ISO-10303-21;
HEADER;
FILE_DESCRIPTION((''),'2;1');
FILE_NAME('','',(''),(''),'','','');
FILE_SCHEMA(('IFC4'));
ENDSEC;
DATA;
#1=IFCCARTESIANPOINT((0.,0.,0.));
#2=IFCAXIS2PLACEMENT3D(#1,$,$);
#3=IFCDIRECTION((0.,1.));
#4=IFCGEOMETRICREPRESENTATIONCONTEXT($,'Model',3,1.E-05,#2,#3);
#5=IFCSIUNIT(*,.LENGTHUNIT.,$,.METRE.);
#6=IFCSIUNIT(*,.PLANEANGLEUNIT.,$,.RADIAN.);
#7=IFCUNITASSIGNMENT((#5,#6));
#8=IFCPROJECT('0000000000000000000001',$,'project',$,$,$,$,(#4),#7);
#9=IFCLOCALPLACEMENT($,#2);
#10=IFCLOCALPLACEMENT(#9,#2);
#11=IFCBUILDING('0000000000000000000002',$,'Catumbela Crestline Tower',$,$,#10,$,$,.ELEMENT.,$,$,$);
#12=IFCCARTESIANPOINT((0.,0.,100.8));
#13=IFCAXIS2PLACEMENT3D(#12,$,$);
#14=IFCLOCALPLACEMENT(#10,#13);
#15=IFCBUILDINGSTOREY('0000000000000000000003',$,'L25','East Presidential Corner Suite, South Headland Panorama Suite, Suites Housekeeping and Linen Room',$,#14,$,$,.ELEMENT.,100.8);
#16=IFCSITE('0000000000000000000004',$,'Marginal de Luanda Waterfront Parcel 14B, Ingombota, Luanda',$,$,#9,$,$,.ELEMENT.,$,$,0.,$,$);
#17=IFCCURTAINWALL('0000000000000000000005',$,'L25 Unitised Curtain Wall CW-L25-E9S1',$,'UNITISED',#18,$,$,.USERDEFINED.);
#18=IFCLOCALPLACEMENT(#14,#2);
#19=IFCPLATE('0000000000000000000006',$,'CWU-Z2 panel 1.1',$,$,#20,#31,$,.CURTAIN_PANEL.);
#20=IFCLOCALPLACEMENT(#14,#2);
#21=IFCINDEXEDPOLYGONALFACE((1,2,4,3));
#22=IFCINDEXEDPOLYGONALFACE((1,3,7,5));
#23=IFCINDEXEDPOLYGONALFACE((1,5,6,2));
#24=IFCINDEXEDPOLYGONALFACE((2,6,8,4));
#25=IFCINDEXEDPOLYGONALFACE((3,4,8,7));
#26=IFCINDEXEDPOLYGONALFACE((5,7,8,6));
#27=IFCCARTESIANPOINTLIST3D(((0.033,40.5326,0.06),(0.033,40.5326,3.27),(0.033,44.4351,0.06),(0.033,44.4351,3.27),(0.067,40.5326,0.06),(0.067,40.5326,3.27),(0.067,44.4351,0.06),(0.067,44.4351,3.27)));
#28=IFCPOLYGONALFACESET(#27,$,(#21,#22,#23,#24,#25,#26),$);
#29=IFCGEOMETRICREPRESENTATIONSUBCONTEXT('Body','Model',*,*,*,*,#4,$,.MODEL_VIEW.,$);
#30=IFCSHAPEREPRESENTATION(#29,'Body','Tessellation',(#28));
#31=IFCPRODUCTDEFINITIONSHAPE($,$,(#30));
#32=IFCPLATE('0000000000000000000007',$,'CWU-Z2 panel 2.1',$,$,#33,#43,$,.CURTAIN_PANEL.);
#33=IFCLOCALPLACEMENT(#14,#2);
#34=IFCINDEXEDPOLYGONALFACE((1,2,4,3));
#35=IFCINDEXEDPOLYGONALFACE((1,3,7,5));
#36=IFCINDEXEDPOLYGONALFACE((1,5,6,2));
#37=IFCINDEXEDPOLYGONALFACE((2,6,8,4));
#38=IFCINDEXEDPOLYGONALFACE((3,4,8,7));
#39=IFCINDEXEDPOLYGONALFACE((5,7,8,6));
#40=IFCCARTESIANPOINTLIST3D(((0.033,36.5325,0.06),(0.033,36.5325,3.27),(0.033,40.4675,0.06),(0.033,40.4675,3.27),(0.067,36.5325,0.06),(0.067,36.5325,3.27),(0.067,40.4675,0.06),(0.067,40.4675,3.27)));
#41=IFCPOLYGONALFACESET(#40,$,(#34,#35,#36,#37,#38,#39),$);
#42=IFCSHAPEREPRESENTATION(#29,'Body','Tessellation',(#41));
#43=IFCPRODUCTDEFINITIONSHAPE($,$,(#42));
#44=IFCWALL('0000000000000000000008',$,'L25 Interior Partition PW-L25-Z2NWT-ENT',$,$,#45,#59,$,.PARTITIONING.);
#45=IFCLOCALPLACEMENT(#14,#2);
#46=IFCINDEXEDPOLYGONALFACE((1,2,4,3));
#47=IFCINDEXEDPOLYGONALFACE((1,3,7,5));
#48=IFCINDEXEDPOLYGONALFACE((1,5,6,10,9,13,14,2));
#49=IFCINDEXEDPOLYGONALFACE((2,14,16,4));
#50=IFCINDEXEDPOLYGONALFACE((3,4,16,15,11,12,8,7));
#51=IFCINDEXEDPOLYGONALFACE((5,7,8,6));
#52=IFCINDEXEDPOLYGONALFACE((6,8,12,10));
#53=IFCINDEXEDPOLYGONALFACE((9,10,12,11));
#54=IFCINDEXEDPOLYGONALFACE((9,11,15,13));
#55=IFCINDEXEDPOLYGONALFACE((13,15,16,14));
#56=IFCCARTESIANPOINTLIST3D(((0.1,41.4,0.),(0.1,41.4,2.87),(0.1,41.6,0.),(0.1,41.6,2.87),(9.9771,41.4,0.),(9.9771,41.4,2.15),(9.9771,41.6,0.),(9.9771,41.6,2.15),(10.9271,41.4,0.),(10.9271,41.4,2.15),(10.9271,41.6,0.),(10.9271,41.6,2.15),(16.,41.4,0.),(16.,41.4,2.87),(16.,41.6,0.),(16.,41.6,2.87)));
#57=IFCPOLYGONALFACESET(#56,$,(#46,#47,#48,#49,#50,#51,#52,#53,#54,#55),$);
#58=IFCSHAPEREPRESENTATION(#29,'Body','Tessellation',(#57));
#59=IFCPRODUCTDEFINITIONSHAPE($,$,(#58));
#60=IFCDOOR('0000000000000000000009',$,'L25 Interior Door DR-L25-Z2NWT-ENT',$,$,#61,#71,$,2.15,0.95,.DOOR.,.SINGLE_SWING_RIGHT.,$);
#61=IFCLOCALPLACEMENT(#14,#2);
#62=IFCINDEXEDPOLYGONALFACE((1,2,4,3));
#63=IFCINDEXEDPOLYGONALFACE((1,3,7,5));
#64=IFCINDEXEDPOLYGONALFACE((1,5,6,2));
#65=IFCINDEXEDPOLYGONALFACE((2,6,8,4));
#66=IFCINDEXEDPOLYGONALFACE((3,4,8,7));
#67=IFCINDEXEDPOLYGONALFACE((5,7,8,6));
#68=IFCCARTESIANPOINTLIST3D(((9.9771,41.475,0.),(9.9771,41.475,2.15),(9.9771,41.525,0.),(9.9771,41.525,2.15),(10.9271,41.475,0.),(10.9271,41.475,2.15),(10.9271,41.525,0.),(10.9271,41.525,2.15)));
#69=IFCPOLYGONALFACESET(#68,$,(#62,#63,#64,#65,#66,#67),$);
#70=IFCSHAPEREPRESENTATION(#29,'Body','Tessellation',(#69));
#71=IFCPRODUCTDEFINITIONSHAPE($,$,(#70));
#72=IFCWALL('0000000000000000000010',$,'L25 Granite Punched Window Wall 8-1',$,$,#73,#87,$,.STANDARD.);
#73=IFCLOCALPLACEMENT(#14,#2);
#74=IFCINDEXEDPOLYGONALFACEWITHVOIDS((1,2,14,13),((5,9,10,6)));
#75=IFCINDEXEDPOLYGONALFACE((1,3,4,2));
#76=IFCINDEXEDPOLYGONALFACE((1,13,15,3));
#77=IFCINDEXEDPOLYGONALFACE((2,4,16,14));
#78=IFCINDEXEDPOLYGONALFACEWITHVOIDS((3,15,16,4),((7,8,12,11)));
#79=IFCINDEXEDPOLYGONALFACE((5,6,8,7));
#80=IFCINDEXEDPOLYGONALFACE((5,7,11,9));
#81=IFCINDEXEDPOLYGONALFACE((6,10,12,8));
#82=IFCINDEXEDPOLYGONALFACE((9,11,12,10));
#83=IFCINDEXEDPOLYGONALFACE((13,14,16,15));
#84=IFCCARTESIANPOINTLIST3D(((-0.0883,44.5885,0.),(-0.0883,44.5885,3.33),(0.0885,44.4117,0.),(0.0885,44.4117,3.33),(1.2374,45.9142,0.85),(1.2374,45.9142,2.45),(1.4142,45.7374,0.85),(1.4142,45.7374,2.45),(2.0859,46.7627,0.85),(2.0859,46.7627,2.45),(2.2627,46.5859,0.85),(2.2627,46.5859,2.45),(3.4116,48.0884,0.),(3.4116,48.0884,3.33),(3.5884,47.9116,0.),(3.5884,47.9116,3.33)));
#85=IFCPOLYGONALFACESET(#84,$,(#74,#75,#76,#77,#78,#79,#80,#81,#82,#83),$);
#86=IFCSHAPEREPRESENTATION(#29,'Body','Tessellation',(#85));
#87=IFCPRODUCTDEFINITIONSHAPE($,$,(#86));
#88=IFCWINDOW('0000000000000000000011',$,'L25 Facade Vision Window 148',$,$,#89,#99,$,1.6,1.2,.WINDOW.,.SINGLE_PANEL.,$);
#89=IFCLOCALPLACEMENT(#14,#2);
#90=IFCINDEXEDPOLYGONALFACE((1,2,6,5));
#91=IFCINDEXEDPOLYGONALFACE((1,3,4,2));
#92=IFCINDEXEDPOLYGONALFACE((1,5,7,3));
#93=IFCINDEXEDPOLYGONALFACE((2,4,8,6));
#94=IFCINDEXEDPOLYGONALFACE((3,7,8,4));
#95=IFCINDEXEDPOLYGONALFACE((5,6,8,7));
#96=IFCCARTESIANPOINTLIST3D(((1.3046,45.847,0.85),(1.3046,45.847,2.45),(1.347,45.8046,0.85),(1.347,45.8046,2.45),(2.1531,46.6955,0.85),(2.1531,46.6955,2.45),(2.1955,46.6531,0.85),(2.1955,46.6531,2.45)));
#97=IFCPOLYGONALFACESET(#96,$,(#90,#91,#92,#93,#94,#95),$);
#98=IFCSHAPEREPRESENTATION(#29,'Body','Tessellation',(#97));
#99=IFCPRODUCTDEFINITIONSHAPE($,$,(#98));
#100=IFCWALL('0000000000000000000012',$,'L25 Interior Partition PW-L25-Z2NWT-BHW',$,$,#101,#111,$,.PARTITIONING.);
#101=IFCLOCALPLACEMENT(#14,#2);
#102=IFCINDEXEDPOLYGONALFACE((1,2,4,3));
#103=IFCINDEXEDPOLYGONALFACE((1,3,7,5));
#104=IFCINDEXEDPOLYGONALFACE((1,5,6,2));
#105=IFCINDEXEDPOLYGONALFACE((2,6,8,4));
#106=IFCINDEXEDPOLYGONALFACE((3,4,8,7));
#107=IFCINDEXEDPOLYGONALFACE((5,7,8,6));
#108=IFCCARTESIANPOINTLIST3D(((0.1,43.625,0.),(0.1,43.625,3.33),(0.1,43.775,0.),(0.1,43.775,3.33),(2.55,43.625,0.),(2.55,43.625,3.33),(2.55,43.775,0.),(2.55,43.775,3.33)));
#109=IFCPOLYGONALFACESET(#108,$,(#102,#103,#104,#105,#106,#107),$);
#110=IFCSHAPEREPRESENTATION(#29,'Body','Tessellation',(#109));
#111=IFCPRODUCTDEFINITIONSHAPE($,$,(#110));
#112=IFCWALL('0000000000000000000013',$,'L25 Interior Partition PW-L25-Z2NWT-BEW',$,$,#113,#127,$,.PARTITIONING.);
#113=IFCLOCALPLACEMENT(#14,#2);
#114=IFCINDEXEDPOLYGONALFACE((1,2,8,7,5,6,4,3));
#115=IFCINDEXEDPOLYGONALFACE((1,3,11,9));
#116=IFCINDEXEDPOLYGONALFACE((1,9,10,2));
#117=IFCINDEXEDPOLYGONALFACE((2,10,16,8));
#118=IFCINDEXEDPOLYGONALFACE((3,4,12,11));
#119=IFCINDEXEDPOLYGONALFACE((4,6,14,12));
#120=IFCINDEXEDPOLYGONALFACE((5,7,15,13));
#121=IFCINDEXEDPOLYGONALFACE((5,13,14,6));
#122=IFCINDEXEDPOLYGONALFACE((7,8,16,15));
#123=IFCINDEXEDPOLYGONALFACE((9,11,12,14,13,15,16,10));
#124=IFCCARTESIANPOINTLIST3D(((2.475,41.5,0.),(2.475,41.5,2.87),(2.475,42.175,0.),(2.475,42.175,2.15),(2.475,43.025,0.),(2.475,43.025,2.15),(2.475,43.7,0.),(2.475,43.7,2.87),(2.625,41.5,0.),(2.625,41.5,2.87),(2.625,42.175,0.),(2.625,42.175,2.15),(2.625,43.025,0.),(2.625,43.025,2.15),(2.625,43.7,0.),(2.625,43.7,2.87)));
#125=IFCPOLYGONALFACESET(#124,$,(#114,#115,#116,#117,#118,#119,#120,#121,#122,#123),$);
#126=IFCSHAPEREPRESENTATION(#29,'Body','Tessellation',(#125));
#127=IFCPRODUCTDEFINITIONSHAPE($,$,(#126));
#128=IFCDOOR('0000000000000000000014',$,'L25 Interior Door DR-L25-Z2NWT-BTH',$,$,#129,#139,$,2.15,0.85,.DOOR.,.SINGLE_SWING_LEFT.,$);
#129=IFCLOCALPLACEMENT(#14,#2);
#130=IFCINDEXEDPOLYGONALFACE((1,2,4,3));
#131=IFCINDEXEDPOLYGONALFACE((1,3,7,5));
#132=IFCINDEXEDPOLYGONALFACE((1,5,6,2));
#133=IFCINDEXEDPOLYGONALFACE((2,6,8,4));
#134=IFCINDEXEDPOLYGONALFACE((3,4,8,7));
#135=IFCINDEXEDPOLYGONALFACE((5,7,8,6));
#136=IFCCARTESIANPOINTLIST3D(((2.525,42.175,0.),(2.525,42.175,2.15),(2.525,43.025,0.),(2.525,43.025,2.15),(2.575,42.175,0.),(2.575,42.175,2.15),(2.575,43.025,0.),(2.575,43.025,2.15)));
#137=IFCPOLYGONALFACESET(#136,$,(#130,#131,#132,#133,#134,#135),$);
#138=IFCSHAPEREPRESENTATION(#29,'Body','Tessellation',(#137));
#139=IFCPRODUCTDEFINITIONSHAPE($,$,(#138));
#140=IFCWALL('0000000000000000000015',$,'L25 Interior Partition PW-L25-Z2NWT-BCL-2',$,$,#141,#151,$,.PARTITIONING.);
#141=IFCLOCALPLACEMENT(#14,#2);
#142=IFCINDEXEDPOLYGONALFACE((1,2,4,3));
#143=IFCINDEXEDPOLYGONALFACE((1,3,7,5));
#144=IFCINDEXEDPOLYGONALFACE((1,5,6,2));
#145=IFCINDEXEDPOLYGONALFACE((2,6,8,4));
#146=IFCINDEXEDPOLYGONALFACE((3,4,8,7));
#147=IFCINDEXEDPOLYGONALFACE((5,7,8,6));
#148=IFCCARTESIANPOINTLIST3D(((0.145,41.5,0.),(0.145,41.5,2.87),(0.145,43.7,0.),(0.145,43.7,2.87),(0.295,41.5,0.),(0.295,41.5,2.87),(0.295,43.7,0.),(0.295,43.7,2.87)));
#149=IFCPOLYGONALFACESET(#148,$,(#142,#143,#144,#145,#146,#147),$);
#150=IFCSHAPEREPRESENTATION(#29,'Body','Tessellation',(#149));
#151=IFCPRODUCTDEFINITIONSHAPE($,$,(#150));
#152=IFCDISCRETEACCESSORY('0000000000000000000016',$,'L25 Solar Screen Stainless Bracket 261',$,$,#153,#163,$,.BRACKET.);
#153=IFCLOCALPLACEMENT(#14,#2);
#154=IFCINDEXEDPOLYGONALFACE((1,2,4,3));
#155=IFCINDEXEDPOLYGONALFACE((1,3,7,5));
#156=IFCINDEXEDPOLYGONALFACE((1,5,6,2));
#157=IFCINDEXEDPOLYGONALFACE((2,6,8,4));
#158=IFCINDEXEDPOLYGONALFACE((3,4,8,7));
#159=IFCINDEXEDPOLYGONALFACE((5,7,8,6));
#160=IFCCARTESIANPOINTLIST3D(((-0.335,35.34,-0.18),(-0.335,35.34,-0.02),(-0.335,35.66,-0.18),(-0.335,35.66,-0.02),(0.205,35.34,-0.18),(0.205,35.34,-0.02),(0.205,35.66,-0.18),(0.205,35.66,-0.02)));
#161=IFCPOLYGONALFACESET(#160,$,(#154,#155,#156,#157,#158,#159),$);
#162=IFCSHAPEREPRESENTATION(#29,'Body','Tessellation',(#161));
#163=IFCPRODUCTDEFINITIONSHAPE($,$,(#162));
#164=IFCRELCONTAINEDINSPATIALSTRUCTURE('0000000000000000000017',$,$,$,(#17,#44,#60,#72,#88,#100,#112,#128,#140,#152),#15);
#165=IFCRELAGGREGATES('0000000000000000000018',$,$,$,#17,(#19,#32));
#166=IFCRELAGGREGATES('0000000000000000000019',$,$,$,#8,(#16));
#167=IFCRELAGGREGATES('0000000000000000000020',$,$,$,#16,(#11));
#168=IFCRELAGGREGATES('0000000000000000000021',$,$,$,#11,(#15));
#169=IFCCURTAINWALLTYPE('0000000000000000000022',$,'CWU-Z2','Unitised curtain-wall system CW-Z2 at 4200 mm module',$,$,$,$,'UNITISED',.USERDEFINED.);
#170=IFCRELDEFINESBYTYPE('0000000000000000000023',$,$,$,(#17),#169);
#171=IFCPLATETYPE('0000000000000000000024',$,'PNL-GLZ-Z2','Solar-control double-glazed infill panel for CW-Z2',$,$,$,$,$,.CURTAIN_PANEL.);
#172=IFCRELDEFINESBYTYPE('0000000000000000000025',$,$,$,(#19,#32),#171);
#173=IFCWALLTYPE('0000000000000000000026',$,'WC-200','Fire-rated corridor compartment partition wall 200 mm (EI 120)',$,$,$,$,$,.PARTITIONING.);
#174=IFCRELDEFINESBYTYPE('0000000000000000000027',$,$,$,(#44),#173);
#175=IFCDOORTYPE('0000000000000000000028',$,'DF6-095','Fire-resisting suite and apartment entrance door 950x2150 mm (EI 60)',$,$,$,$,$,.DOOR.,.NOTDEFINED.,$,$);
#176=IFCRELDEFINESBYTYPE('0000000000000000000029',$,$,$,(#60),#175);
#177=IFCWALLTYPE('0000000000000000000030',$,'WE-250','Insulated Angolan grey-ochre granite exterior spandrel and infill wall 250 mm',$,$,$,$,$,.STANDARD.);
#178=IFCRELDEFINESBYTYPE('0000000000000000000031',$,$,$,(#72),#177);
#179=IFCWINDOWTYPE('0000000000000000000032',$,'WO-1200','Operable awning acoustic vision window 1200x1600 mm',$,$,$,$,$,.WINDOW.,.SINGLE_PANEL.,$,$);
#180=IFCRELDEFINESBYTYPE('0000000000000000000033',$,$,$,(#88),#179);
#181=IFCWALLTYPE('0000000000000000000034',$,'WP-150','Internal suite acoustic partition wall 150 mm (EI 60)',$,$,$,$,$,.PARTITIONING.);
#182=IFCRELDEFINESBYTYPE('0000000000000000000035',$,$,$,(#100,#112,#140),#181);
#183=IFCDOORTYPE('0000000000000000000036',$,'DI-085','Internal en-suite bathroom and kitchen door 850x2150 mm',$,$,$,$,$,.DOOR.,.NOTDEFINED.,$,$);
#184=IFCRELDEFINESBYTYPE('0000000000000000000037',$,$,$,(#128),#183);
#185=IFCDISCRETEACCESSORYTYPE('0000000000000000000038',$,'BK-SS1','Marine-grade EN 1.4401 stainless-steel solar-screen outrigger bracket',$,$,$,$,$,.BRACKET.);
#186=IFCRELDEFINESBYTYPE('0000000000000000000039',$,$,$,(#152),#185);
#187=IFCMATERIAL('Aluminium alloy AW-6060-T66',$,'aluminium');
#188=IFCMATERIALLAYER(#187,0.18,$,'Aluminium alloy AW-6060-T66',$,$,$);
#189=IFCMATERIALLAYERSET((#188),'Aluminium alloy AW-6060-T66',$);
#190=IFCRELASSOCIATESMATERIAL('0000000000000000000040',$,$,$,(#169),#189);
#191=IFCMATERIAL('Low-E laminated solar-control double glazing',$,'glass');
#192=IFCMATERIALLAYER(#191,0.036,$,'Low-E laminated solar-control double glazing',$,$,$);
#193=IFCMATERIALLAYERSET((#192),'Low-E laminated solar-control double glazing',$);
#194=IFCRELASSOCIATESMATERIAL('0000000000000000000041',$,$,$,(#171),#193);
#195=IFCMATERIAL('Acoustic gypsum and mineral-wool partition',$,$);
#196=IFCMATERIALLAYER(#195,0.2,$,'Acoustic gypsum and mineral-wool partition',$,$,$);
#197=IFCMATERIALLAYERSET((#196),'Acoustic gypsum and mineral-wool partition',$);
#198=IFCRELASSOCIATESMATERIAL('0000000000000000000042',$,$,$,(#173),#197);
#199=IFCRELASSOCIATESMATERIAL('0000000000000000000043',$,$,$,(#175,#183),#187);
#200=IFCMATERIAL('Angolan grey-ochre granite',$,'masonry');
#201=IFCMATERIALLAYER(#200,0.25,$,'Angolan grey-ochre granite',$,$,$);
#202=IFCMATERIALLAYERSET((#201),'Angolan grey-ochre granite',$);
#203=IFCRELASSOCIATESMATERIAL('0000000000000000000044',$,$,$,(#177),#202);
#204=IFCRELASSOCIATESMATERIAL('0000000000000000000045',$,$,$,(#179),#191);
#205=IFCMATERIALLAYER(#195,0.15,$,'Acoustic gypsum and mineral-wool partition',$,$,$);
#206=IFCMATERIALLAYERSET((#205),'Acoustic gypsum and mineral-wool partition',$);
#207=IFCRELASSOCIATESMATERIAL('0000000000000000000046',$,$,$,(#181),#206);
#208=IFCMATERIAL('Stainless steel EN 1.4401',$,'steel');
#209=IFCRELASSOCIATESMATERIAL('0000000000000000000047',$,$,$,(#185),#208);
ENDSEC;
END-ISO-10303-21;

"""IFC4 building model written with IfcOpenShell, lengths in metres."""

from ifc_helpers import new_model, si_unit, direction, frame, frame_2d, origin, origin_2d, place, context, subcontext, project, spatial, rectangle, extrude, material, layer, layer_set, type_object, element, fill, aggregate, save


model = new_model("IFC4")

# Units and contexts
model_context = context("Model", 3, precision=1e-05, world=origin(), true_north=direction((0.0, 1.0)))
body_context = subcontext(model_context, "Body", "Model", "MODEL_VIEW")
ifc_project = project(units=[si_unit("LENGTHUNIT", "METRE"), si_unit("PLANEANGLEUNIT", "RADIAN")], contexts=[model_context])

# Site, building, storey
site_placement = place(None, origin())
site = spatial("IfcSite", under=ifc_project, at=site_placement, Name="Marginal de Luanda Waterfront Parcel 14B, Ingombota, Luanda", CompositionType="ELEMENT", RefElevation=0.0)
building_placement = place(site_placement, origin())
building = spatial("IfcBuilding", under=site, at=building_placement, Name="Catumbela Crestline Tower", CompositionType="ELEMENT")
storey_placement = place(building_placement, frame((0.0, 0.0, 100.8)))
storey = spatial("IfcBuildingStorey", under=building, at=storey_placement, Name="L25", Description="East Presidential Corner Suite, South Headland Panorama Suite, Suites Housekeeping and Linen Room", CompositionType="ELEMENT", Elevation=100.8)

# Shared definitions
ifc_material_1 = material(Name="Aluminium alloy AW-6060-T66", Category="aluminium")
ifc_layer_1 = layer(ifc_material_1, 0.18, Name="Aluminium alloy AW-6060-T66")
ifc_layer_set_1 = layer_set([ifc_layer_1], Name="Aluminium alloy AW-6060-T66")
curtain_wall_type = type_object("IfcCurtainWallType", Name="CWU-Z2", Description="Unitised curtain-wall system CW-Z2 at 4200 mm module", ElementType="UNITISED", PredefinedType="USERDEFINED", material=ifc_layer_set_1)

# Curtain wall
curtain_wall_1_placement = place(storey_placement, origin())
curtain_wall_1 = element("IfcCurtainWall", 1, at=curtain_wall_1_placement, inside=storey, type_object=curtain_wall_type, Name="L25 Unitised Curtain Wall CW-L25-E9S1", ObjectType="UNITISED", PredefinedType="USERDEFINED")

# Plates
ifc_material_2 = material(Name="Low-E laminated solar-control double glazing", Category="glass")
ifc_layer_2 = layer(ifc_material_2, 0.036, Name="Low-E laminated solar-control double glazing")
ifc_layer_set_2 = layer_set([ifc_layer_2], Name="Low-E laminated solar-control double glazing")
plate_type = type_object("IfcPlateType", Name="PNL-GLZ-Z2", Description="Solar-control double-glazed infill panel for CW-Z2", PredefinedType="CURTAIN_PANEL", material=ifc_layer_set_2)
plate_1_placement = place(storey_placement, frame((0.05, 42.4838, 0.06), z_axis=(0.0, 0.0, 1.0), x_axis=(0.0, -1.0, 0.0)))
plate_1 = element("IfcPlate", 2, at=plate_1_placement, type_object=plate_type, Name="CWU-Z2 panel 1.1", PredefinedType="CURTAIN_PANEL", context=body_context, shape_type="SweptSolid", body=[
    extrude(rectangle(XDim=3.9025, YDim=0.034, at=origin_2d()), origin(), (0.0, 0.0, 1.0), 3.21),
])
plate_2_placement = place(storey_placement, frame((0.05, 38.5, 0.06), z_axis=(0.0, 0.0, 1.0), x_axis=(0.0, -1.0, 0.0)))
plate_2 = element("IfcPlate", 3, at=plate_2_placement, type_object=plate_type, Name="CWU-Z2 panel 2.1", PredefinedType="CURTAIN_PANEL", context=body_context, shape_type="SweptSolid", body=[
    extrude(rectangle(XDim=3.935, YDim=0.034, at=origin_2d()), origin(), (0.0, 0.0, 1.0), 3.21),
])
aggregate(curtain_wall_1, [plate_1, plate_2])

# Wall, opening, door
ifc_material_3 = material(Name="Acoustic gypsum and mineral-wool partition")
ifc_layer_3 = layer(ifc_material_3, 0.2, Name="Acoustic gypsum and mineral-wool partition")
ifc_layer_set_3 = layer_set([ifc_layer_3], Name="Acoustic gypsum and mineral-wool partition")
wall_type_1 = type_object("IfcWallType", Name="WC-200", Description="Fire-rated corridor compartment partition wall 200 mm (EI 120)", PredefinedType="PARTITIONING", material=ifc_layer_set_3)
wall_1_placement = place(storey_placement, frame((0.1, 41.5, 0.0), z_axis=(0.0, 0.0, 1.0), x_axis=(1.0, 0.0, 0.0)))
wall_1 = element("IfcWall", 4, at=wall_1_placement, inside=storey, type_object=wall_type_1, Name="L25 Interior Partition PW-L25-Z2NWT-ENT", PredefinedType="PARTITIONING", context=body_context, shape_type="SweptSolid", body=[
    extrude(rectangle(XDim=15.9, YDim=0.2, at=frame_2d((7.95, 0.0))), origin(), (0.0, 0.0, 1.0), 2.87),
])
opening_1_placement = place(wall_1_placement, frame((9.8771, 0.0, 0.0)))
opening_1 = element("IfcOpeningElement", 5, at=opening_1_placement, cuts=wall_1, PredefinedType="OPENING", context=body_context, shape_type="SweptSolid", body=[
    extrude(rectangle(XDim=0.95, YDim=2.15, at=frame_2d((0.475, 1.075))), frame((0.0, 0.11, 0.0), z_axis=(0.0, -1.0, 0.0), x_axis=(1.0, 0.0, 0.0)), (0.0, 0.0, 1.0), 0.22),
])
door_type_1 = type_object("IfcDoorType", Name="DF6-095", Description="Fire-resisting suite and apartment entrance door 950x2150 mm (EI 60)", OperationType="NOTDEFINED", PredefinedType="DOOR", material=ifc_material_1)
door_1_placement = place(opening_1_placement, origin())
door_1 = element("IfcDoor", 6, at=door_1_placement, inside=storey, type_object=door_type_1, Name="L25 Interior Door DR-L25-Z2NWT-ENT", OperationType="SINGLE_SWING_RIGHT", OverallHeight=2.15, OverallWidth=0.95, PredefinedType="DOOR", context=body_context, shape_type="SweptSolid", body=[
    extrude(rectangle(XDim=0.95, YDim=2.15, at=frame_2d((0.475, 1.075))), frame((0.0, 0.025, 0.0), z_axis=(0.0, -1.0, 0.0), x_axis=(1.0, 0.0, 0.0)), (0.0, 0.0, 1.0), 0.05),
])
fill(opening_1, door_1)

# Wall, opening, window
ifc_material_4 = material(Name="Angolan grey-ochre granite", Category="masonry")
ifc_layer_4 = layer(ifc_material_4, 0.25, Name="Angolan grey-ochre granite")
ifc_layer_set_4 = layer_set([ifc_layer_4], Name="Angolan grey-ochre granite")
wall_type_2 = type_object("IfcWallType", Name="WE-250", Description="Insulated Angolan grey-ochre granite exterior spandrel and infill wall 250 mm", PredefinedType="STANDARD", material=ifc_layer_set_4)
wall_2_placement = place(storey_placement, frame((3.5, 48.0, 0.0), z_axis=(0.0, 0.0, 1.0), x_axis=(-0.707107, -0.707107, 0.0)))
wall_2 = element("IfcWall", 7, at=wall_2_placement, inside=storey, type_object=wall_type_2, Name="L25 Granite Punched Window Wall 8-1", PredefinedType="STANDARD", context=body_context, shape_type="SweptSolid", body=[
    extrude(rectangle(XDim=4.9497, YDim=0.25, at=frame_2d((2.4748, 0.0))), origin(), (0.0, 0.0, 1.0), 3.33),
])
opening_2_placement = place(wall_2_placement, frame((1.8748, 0.0, 0.85)))
opening_2 = element("IfcOpeningElement", 8, at=opening_2_placement, cuts=wall_2, PredefinedType="OPENING", context=body_context, shape_type="SweptSolid", body=[
    extrude(rectangle(XDim=1.2, YDim=1.6, at=frame_2d((0.6, 0.8))), frame((0.0, 0.135, 0.0), z_axis=(0.0, -1.0, 0.0), x_axis=(1.0, 0.0, 0.0)), (0.0, 0.0, 1.0), 0.27),
])
window_type = type_object("IfcWindowType", Name="WO-1200", Description="Operable awning acoustic vision window 1200x1600 mm", PartitioningType="SINGLE_PANEL", PredefinedType="WINDOW", material=ifc_material_2)
window_placement = place(opening_2_placement, origin())
window = element("IfcWindow", 9, at=window_placement, inside=storey, type_object=window_type, Name="L25 Facade Vision Window 148", OverallHeight=1.6, OverallWidth=1.2, PartitioningType="SINGLE_PANEL", PredefinedType="WINDOW", context=body_context, shape_type="SweptSolid", body=[
    extrude(rectangle(XDim=1.2, YDim=1.6, at=frame_2d((0.6, 0.8))), frame((0.0, 0.03, 0.0), z_axis=(0.0, -1.0, 0.0), x_axis=(1.0, 0.0, 0.0)), (0.0, 0.0, 1.0), 0.06),
])
fill(opening_2, window)

# Wall
ifc_layer_5 = layer(ifc_material_3, 0.15, Name="Acoustic gypsum and mineral-wool partition")
ifc_layer_set_5 = layer_set([ifc_layer_5], Name="Acoustic gypsum and mineral-wool partition")
wall_type_3 = type_object("IfcWallType", Name="WP-150", Description="Internal suite acoustic partition wall 150 mm (EI 60)", PredefinedType="PARTITIONING", material=ifc_layer_set_5)
wall_3_placement = place(storey_placement, frame((0.1, 43.7, 0.0), z_axis=(0.0, 0.0, 1.0), x_axis=(1.0, 0.0, 0.0)))
element("IfcWall", 10, at=wall_3_placement, inside=storey, type_object=wall_type_3, Name="L25 Interior Partition PW-L25-Z2NWT-BHW", PredefinedType="PARTITIONING", context=body_context, shape_type="SweptSolid", body=[
    extrude(rectangle(XDim=2.45, YDim=0.15, at=frame_2d((1.225, 0.0))), origin(), (0.0, 0.0, 1.0), 3.33),
])

# Wall, opening, door
wall_4_placement = place(storey_placement, frame((2.55, 41.5, 0.0), z_axis=(0.0, 0.0, 1.0), x_axis=(0.0, 1.0, 0.0)))
wall_4 = element("IfcWall", 11, at=wall_4_placement, inside=storey, type_object=wall_type_3, Name="L25 Interior Partition PW-L25-Z2NWT-BEW", PredefinedType="PARTITIONING", context=body_context, shape_type="SweptSolid", body=[
    extrude(rectangle(XDim=2.2, YDim=0.15, at=frame_2d((1.1, 0.0))), origin(), (0.0, 0.0, 1.0), 2.87),
])
opening_3_placement = place(wall_4_placement, frame((0.675, 0.0, 0.0)))
opening_3 = element("IfcOpeningElement", 12, at=opening_3_placement, cuts=wall_4, PredefinedType="OPENING", context=body_context, shape_type="SweptSolid", body=[
    extrude(rectangle(XDim=0.85, YDim=2.15, at=frame_2d((0.425, 1.075))), frame((0.0, 0.085, 0.0), z_axis=(0.0, -1.0, 0.0), x_axis=(1.0, 0.0, 0.0)), (0.0, 0.0, 1.0), 0.17),
])
door_type_2 = type_object("IfcDoorType", Name="DI-085", Description="Internal en-suite bathroom and kitchen door 850x2150 mm", OperationType="NOTDEFINED", PredefinedType="DOOR", material=ifc_material_1)
door_2_placement = place(opening_3_placement, origin())
door_2 = element("IfcDoor", 13, at=door_2_placement, inside=storey, type_object=door_type_2, Name="L25 Interior Door DR-L25-Z2NWT-BTH", OperationType="SINGLE_SWING_LEFT", OverallHeight=2.15, OverallWidth=0.85, PredefinedType="DOOR", context=body_context, shape_type="SweptSolid", body=[
    extrude(rectangle(XDim=0.85, YDim=2.15, at=frame_2d((0.425, 1.075))), frame((0.0, 0.025, 0.0), z_axis=(0.0, -1.0, 0.0), x_axis=(1.0, 0.0, 0.0)), (0.0, 0.0, 1.0), 0.05),
])
fill(opening_3, door_2)

# Wall
wall_5_placement = place(storey_placement, frame((0.22, 41.5, 0.0), z_axis=(0.0, 0.0, 1.0), x_axis=(0.0, 1.0, 0.0)))
element("IfcWall", 14, at=wall_5_placement, inside=storey, type_object=wall_type_3, Name="L25 Interior Partition PW-L25-Z2NWT-BCL-2", PredefinedType="PARTITIONING", context=body_context, shape_type="SweptSolid", body=[
    extrude(rectangle(XDim=2.2, YDim=0.15, at=frame_2d((1.1, 0.0))), origin(), (0.0, 0.0, 1.0), 2.87),
])

# Discrete accessory
ifc_material_5 = material(Name="Stainless steel EN 1.4401", Category="steel")
discrete_accessory_type = type_object("IfcDiscreteAccessoryType", Name="BK-SS1", Description="Marine-grade EN 1.4401 stainless-steel solar-screen outrigger bracket", PredefinedType="BRACKET", material=ifc_material_5)
discrete_accessory_placement = place(storey_placement, frame((-0.065, 35.5, -0.18), z_axis=(0.0, 0.0, 1.0), x_axis=(0.0, -1.0, 0.0)))
element("IfcDiscreteAccessory", 15, at=discrete_accessory_placement, inside=storey, type_object=discrete_accessory_type, Name="L25 Solar Screen Stainless Bracket 261", PredefinedType="BRACKET", context=body_context, shape_type="SweptSolid", body=[
    extrude(rectangle(XDim=0.32, YDim=0.54, at=origin_2d()), origin(), (0.0, 0.0, 1.0), 0.16),
])

save(model, "model.ifc")
